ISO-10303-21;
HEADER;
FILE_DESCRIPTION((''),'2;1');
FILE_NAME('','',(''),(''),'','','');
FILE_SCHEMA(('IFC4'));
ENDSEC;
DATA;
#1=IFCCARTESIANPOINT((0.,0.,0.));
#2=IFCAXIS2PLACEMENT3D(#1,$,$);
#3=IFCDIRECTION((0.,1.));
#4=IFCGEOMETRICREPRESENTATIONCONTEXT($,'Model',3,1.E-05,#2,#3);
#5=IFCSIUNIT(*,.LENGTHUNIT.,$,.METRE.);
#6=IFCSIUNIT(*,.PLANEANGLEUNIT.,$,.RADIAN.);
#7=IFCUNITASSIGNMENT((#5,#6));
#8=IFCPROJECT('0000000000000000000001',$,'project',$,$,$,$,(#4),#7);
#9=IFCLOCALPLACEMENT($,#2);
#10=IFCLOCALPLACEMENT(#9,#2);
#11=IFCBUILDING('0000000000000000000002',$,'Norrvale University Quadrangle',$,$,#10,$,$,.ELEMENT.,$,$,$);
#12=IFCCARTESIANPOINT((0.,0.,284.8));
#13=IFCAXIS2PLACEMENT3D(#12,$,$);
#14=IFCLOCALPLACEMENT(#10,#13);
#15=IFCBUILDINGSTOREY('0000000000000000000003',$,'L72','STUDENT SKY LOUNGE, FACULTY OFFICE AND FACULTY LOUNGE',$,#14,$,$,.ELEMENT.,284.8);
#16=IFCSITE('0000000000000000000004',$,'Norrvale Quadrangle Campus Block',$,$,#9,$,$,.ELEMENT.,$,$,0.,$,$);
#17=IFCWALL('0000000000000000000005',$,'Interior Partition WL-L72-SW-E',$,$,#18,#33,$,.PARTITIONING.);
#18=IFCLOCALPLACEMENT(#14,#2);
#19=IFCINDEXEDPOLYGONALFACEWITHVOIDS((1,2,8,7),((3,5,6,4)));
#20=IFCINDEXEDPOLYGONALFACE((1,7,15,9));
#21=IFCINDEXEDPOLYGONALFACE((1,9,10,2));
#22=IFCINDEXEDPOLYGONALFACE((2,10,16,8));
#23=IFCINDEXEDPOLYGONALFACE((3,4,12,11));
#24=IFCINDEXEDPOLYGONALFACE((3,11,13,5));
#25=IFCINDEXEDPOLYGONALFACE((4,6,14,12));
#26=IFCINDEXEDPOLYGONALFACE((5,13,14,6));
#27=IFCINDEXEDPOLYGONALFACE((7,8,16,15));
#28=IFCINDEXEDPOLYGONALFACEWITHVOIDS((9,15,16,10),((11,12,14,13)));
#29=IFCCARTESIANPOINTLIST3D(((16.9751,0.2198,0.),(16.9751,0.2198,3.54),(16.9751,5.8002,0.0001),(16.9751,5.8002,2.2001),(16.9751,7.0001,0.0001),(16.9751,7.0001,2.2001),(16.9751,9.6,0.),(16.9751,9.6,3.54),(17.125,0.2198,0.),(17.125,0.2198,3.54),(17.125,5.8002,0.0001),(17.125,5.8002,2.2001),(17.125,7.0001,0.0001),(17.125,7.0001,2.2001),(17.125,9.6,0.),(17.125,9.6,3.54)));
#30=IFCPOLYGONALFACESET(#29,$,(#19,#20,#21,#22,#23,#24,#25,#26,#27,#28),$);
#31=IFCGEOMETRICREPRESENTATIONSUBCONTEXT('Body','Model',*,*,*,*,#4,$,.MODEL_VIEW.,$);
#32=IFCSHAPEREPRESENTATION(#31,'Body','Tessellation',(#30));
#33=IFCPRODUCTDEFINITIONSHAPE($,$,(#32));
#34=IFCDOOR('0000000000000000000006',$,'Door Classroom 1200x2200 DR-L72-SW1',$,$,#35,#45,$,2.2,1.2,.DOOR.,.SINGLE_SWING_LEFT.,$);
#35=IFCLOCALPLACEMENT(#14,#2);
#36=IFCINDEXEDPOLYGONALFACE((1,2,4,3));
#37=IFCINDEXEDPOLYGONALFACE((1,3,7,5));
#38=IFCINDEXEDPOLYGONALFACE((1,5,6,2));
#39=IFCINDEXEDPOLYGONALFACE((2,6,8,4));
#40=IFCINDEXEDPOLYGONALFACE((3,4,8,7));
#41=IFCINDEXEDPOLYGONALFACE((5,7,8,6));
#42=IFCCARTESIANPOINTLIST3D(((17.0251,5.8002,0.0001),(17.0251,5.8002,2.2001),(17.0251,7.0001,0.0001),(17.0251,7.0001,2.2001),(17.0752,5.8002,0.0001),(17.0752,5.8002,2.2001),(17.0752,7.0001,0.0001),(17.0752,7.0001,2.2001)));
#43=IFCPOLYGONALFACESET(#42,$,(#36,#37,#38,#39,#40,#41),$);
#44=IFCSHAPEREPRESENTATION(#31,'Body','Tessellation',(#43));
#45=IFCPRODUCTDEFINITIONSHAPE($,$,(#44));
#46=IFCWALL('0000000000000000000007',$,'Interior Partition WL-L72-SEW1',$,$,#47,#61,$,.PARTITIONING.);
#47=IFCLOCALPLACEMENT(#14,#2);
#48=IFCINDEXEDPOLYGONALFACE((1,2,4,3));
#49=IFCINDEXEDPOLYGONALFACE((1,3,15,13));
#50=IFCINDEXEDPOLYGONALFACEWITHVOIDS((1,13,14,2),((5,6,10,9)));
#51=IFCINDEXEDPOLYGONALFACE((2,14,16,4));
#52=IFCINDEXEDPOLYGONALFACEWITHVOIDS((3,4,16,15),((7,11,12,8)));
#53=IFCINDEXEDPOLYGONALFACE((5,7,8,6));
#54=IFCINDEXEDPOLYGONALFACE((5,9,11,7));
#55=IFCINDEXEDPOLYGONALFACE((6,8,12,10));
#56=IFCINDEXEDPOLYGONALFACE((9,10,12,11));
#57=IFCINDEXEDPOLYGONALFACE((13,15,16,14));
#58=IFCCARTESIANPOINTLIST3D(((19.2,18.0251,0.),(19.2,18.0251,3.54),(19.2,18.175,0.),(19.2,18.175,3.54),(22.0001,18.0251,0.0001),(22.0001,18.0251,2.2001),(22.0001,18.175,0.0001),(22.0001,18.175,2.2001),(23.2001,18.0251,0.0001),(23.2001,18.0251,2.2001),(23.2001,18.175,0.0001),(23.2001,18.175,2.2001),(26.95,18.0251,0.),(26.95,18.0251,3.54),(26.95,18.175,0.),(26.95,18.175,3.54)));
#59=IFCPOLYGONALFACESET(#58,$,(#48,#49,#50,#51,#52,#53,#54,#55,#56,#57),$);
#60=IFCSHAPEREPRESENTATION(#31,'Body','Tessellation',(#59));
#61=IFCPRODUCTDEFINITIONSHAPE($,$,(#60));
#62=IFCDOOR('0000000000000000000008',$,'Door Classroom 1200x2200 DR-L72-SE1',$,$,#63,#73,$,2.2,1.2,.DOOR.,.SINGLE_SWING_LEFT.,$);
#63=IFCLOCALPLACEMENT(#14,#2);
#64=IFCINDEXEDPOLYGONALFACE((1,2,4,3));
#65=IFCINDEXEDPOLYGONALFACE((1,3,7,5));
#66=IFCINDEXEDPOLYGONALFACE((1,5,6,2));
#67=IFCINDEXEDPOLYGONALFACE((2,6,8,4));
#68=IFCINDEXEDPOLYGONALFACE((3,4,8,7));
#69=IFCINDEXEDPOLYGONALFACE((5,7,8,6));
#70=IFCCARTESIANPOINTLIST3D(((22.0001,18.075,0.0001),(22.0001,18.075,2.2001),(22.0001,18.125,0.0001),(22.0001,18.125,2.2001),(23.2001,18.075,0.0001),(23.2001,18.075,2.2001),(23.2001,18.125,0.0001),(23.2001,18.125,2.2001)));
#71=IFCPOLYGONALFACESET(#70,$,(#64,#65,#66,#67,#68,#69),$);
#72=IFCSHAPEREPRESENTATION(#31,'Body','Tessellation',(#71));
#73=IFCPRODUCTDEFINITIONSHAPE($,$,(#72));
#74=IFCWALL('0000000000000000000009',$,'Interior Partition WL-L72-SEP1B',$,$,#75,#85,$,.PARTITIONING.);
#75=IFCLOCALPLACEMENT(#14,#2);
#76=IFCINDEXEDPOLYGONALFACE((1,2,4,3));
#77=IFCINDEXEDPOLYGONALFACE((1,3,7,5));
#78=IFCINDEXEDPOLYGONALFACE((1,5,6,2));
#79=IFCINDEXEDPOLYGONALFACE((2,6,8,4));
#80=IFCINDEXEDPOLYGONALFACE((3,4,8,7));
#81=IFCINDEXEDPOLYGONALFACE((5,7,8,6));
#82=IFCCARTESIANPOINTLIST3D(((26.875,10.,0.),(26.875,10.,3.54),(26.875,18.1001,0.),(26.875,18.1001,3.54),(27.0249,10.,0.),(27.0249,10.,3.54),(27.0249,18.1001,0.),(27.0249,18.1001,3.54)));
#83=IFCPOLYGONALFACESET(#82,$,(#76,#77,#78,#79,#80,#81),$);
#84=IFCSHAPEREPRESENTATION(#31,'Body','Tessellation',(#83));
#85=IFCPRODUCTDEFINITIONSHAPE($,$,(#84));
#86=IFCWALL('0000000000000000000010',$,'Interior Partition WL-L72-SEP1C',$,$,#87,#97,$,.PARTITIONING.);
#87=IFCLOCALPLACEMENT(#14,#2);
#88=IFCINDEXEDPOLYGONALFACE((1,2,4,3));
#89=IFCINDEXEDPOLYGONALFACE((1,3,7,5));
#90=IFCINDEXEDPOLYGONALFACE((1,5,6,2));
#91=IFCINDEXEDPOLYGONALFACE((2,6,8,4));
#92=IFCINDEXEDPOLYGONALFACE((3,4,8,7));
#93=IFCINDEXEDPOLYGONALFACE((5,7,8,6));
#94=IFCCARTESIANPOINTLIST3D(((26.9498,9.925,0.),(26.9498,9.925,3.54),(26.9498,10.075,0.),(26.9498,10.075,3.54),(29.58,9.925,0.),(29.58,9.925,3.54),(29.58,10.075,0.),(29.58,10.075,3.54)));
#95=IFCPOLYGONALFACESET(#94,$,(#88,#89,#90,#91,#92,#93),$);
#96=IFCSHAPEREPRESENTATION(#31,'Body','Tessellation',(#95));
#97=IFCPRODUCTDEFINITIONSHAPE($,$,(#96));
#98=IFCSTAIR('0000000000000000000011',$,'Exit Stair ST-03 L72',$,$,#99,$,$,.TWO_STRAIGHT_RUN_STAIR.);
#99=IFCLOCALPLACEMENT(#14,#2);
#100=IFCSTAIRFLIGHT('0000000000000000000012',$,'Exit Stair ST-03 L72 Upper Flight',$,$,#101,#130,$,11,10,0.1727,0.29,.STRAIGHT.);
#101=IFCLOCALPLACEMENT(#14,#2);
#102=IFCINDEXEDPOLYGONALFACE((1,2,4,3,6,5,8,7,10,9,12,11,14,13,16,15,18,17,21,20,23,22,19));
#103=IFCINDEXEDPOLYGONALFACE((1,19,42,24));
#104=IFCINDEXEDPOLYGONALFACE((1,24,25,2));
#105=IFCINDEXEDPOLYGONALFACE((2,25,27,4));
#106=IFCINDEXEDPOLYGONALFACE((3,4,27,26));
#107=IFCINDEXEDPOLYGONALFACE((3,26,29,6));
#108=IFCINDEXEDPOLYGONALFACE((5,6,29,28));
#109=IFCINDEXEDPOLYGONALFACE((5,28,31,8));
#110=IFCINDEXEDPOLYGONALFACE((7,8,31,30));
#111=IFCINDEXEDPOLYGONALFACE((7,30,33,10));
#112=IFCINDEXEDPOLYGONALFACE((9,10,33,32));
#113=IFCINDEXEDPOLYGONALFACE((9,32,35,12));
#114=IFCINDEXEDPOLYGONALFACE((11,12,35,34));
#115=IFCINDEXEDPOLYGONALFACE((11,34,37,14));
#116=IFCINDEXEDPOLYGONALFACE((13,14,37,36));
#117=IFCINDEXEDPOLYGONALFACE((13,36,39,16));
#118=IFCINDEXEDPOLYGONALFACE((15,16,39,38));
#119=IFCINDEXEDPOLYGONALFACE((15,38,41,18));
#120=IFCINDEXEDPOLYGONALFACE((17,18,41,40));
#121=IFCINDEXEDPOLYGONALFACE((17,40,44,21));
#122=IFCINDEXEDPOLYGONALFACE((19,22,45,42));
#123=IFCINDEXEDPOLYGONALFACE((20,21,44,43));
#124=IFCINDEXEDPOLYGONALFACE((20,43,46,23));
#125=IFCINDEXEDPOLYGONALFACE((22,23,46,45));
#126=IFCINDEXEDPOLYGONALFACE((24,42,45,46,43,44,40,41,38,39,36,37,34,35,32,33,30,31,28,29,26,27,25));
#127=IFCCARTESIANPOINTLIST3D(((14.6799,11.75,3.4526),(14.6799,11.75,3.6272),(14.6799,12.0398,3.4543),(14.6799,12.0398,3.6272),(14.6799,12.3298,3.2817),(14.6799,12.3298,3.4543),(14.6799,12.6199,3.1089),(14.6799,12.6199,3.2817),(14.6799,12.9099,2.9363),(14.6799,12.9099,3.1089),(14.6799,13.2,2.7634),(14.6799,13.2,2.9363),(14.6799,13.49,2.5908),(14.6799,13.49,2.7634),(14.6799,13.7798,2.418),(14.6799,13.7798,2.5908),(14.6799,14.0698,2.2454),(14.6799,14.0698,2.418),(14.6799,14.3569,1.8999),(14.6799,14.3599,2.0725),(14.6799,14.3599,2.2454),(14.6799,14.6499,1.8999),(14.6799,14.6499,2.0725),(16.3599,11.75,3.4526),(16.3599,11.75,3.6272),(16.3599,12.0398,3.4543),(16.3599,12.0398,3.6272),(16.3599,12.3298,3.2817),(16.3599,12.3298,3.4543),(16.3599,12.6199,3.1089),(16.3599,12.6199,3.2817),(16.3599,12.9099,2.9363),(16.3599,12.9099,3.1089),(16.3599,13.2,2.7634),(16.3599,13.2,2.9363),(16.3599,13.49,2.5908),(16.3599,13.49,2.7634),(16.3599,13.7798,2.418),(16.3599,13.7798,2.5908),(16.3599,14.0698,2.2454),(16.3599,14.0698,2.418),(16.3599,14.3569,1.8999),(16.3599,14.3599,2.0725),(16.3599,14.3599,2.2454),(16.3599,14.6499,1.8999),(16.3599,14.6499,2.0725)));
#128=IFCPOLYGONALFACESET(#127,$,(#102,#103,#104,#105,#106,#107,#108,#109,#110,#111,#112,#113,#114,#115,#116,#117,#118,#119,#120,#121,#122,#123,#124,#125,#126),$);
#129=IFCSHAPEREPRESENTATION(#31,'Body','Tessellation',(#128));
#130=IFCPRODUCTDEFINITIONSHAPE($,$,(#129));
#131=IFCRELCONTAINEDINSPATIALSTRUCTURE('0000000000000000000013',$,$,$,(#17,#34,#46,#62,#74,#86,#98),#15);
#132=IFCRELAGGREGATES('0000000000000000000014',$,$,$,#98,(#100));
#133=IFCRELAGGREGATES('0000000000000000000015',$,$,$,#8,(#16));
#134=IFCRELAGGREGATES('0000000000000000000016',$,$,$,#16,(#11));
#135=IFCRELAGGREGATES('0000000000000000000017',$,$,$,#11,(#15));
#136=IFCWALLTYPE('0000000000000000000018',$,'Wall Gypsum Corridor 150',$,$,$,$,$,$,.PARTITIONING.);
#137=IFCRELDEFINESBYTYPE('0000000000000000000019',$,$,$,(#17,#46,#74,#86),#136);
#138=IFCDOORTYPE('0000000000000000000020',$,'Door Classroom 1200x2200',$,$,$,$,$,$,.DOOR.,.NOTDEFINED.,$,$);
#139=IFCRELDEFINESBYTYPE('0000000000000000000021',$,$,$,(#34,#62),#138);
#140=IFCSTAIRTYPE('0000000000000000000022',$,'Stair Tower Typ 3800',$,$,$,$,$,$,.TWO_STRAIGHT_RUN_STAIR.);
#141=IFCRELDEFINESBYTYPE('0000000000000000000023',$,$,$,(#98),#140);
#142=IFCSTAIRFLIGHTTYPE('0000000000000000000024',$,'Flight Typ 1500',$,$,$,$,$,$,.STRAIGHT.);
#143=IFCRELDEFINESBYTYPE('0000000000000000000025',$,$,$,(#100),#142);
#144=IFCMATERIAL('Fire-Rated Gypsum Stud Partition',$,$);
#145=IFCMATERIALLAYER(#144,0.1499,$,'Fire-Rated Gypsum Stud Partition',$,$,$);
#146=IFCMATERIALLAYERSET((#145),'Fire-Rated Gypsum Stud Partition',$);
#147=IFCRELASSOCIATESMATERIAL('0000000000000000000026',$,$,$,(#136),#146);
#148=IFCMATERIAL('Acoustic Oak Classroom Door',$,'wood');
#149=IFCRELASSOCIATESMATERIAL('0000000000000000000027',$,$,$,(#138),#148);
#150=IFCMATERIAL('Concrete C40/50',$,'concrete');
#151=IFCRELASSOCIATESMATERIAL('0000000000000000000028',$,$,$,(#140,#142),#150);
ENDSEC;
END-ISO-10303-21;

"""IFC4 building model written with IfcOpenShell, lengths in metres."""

from ifc_helpers import new_model, si_unit, direction, frame, frame_2d, origin, place, context, subcontext, project, spatial, polyline, rectangle, outline, extrude, material, layer, layer_set, type_object, element, fill, aggregate, save


model = new_model("IFC4")

# Units and contexts
model_context = context("Model", 3, precision=1e-05, world=origin(), true_north=direction((0.0, 1.0)))
body_context = subcontext(model_context, "Body", "Model", "MODEL_VIEW")
ifc_project = project(units=[si_unit("LENGTHUNIT", "METRE"), si_unit("PLANEANGLEUNIT", "RADIAN")], contexts=[model_context])

# Site, building, storey
site_placement = place(None, origin())
site = spatial("IfcSite", under=ifc_project, at=site_placement, Name="Norrvale Quadrangle Campus Block", CompositionType="ELEMENT", RefElevation=0.0)
building_placement = place(site_placement, origin())
building = spatial("IfcBuilding", under=site, at=building_placement, Name="Norrvale University Quadrangle", CompositionType="ELEMENT")
storey_placement = place(building_placement, frame((0.0, 0.0, 284.8)))
storey = spatial("IfcBuildingStorey", under=building, at=storey_placement, Name="L72", Description="STUDENT SKY LOUNGE, FACULTY OFFICE AND FACULTY LOUNGE", CompositionType="ELEMENT", Elevation=284.8)

# Shared definitions
ifc_material_1 = material(Name="Fire-Rated Gypsum Stud Partition")
ifc_layer_1 = layer(ifc_material_1, 0.1499, Name="Fire-Rated Gypsum Stud Partition")
ifc_layer_set_1 = layer_set([ifc_layer_1], Name="Fire-Rated Gypsum Stud Partition")
wall_type_1 = type_object("IfcWallType", Name="Wall Gypsum Corridor 150", PredefinedType="PARTITIONING", material=ifc_layer_set_1)

# Walls, openings, doors
wall_1_placement = place(storey_placement, frame((17.05, 0.22, 0.0), z_axis=(0.0, 0.0, 1.0), x_axis=(0.0, 1.0, 0.0)))
wall_1 = element("IfcWall", 1, at=wall_1_placement, inside=storey, type_object=wall_type_1, Name="Interior Partition WL-L72-SW-E", PredefinedType="PARTITIONING", context=body_context, shape_type="SweptSolid", body=[
    extrude(rectangle(XDim=9.3801, YDim=0.1499, at=frame_2d((4.6899, 0.0))), origin(), (0.0, 0.0, 1.0), 3.54),
])
opening_1_placement = place(wall_1_placement, frame((5.5801, 0.0, 0.0)))
opening_1 = element("IfcOpeningElement", 2, at=opening_1_placement, cuts=wall_1, PredefinedType="OPENING", context=body_context, shape_type="SweptSolid", body=[
    extrude(rectangle(XDim=1.2, YDim=2.2, at=frame_2d((0.6001, 1.1001))), frame((0.0, 0.0869, 0.0), z_axis=(0.0, -1.0, 0.0), x_axis=(1.0, 0.0, 0.0)), (0.0, 0.0, 1.0), 0.1738),
])
ifc_material_2 = material(Name="Acoustic Oak Classroom Door", Category="wood")
door_type_1 = type_object("IfcDoorType", Name="Door Classroom 1200x2200", OperationType="NOTDEFINED", PredefinedType="DOOR", material=ifc_material_2)
door_1_placement = place(opening_1_placement, origin())
door_1 = element("IfcDoor", 3, at=door_1_placement, inside=storey, type_object=door_type_1, Name="Door Classroom 1200x2200 DR-L72-SW1", OperationType="SINGLE_SWING_LEFT", OverallHeight=2.2, OverallWidth=1.2, PredefinedType="DOOR", context=body_context, shape_type="SweptSolid", body=[
    extrude(rectangle(XDim=1.2, YDim=2.2, at=frame_2d((0.6001, 1.1001))), frame((0.0, 0.0249, 0.0), z_axis=(0.0, -1.0, 0.0), x_axis=(1.0, 0.0, 0.0)), (0.0, 0.0, 1.0), 0.05),
])
fill(opening_1, door_1)
wall_2_placement = place(storey_placement, frame((19.2, 18.1001, 0.0), z_axis=(0.0, 0.0, 1.0), x_axis=(1.0, 0.0, 0.0)))
wall_2 = element("IfcWall", 4, at=wall_2_placement, inside=storey, type_object=wall_type_1, Name="Interior Partition WL-L72-SEW1", PredefinedType="PARTITIONING", context=body_context, shape_type="SweptSolid", body=[
    extrude(rectangle(XDim=7.75, YDim=0.1499, at=frame_2d((3.875, 0.0))), origin(), (0.0, 0.0, 1.0), 3.54),
])
opening_2_placement = place(wall_2_placement, frame((2.8, 0.0, 0.0)))
opening_2 = element("IfcOpeningElement", 5, at=opening_2_placement, cuts=wall_2, PredefinedType="OPENING", context=body_context, shape_type="SweptSolid", body=[
    extrude(rectangle(XDim=1.2, YDim=2.2, at=frame_2d((0.6001, 1.1001))), frame((0.0, 0.0869, 0.0), z_axis=(0.0, -1.0, 0.0), x_axis=(1.0, 0.0, 0.0)), (0.0, 0.0, 1.0), 0.1738),
])
door_2_placement = place(opening_2_placement, origin())
door_2 = element("IfcDoor", 6, at=door_2_placement, inside=storey, type_object=door_type_1, Name="Door Classroom 1200x2200 DR-L72-SE1", OperationType="SINGLE_SWING_LEFT", OverallHeight=2.2, OverallWidth=1.2, PredefinedType="DOOR", context=body_context, shape_type="SweptSolid", body=[
    extrude(rectangle(XDim=1.2, YDim=2.2, at=frame_2d((0.6001, 1.1001))), frame((0.0, 0.0249, 0.0), z_axis=(0.0, -1.0, 0.0), x_axis=(1.0, 0.0, 0.0)), (0.0, 0.0, 1.0), 0.05),
])
fill(opening_2, door_2)

# Walls
wall_3_placement = place(storey_placement, frame((26.95, 10.0, 0.0), z_axis=(0.0, 0.0, 1.0), x_axis=(0.0, 1.0, 0.0)))
element("IfcWall", 7, at=wall_3_placement, inside=storey, type_object=wall_type_1, Name="Interior Partition WL-L72-SEP1B", PredefinedType="PARTITIONING", context=body_context, shape_type="SweptSolid", body=[
    extrude(rectangle(XDim=8.1001, YDim=0.1499, at=frame_2d((4.05, 0.0))), origin(), (0.0, 0.0, 1.0), 3.54),
])
wall_4_placement = place(storey_placement, frame((26.95, 10.0, 0.0), z_axis=(0.0, 0.0, 1.0), x_axis=(1.0, 0.0, 0.0)))
element("IfcWall", 8, at=wall_4_placement, inside=storey, type_object=wall_type_1, Name="Interior Partition WL-L72-SEP1C", PredefinedType="PARTITIONING", context=body_context, shape_type="SweptSolid", body=[
    extrude(rectangle(XDim=2.6301, YDim=0.1499, at=frame_2d((1.3149, 0.0))), origin(), (0.0, 0.0, 1.0), 3.54),
])

# Stair, stair flight
ifc_material_3 = material(Name="Concrete C40/50", Category="concrete")
stair_type = type_object("IfcStairType", Name="Stair Tower Typ 3800", PredefinedType="TWO_STRAIGHT_RUN_STAIR", material=ifc_material_3)
stair_placement = place(storey_placement, origin())
stair = element("IfcStair", 9, at=stair_placement, inside=storey, type_object=stair_type, Name="Exit Stair ST-03 L72", PredefinedType="TWO_STRAIGHT_RUN_STAIR")
stair_flight_type = type_object("IfcStairFlightType", Name="Flight Typ 1500", PredefinedType="STRAIGHT", material=ifc_material_3)
stair_flight_placement = place(storey_placement, frame((15.52, 14.6499, 1.8999), z_axis=(0.0, 0.0, 1.0), x_axis=(0.0, -1.0, 0.0)))
stair_flight = element("IfcStairFlight", 10, at=stair_flight_placement, type_object=stair_flight_type, Name="Exit Stair ST-03 L72 Upper Flight", NumberOfRisers=11, NumberOfTreads=10, PredefinedType="STRAIGHT", RiserHeight=0.1727, TreadLength=0.29, context=body_context, shape_type="SweptSolid", body=[
    extrude(outline(polyline([(0.0, 0.0), (0.0, 0.1726), (0.29, 0.1726), (0.29, 0.3455), (0.5801, 0.3455), (0.5801, 0.5181), (0.8701, 0.5181), (0.8701, 0.6909), (1.1599, 0.6909), (1.1599, 0.8635), (1.45, 0.8635), (1.45, 1.0364), (1.74, 1.0364), (1.74, 1.209), (2.03, 1.209), (2.03, 1.3818), (2.3201, 1.3818), (2.3201, 1.5544), (2.6101, 1.5544), (2.6101, 1.7273), (2.8999, 1.7273), (2.8999, 1.8999), (2.8999, 1.5527), (0.293, 0.0), (0.0, 0.0)])), frame((0.0, 0.8398, 0.0), z_axis=(0.0, -1.0, 0.0), x_axis=(1.0, 0.0, 0.0)), (0.0, 0.0, 1.0), 1.6799),
])
aggregate(stair, [stair_flight])

save(model, "model.ifc")
